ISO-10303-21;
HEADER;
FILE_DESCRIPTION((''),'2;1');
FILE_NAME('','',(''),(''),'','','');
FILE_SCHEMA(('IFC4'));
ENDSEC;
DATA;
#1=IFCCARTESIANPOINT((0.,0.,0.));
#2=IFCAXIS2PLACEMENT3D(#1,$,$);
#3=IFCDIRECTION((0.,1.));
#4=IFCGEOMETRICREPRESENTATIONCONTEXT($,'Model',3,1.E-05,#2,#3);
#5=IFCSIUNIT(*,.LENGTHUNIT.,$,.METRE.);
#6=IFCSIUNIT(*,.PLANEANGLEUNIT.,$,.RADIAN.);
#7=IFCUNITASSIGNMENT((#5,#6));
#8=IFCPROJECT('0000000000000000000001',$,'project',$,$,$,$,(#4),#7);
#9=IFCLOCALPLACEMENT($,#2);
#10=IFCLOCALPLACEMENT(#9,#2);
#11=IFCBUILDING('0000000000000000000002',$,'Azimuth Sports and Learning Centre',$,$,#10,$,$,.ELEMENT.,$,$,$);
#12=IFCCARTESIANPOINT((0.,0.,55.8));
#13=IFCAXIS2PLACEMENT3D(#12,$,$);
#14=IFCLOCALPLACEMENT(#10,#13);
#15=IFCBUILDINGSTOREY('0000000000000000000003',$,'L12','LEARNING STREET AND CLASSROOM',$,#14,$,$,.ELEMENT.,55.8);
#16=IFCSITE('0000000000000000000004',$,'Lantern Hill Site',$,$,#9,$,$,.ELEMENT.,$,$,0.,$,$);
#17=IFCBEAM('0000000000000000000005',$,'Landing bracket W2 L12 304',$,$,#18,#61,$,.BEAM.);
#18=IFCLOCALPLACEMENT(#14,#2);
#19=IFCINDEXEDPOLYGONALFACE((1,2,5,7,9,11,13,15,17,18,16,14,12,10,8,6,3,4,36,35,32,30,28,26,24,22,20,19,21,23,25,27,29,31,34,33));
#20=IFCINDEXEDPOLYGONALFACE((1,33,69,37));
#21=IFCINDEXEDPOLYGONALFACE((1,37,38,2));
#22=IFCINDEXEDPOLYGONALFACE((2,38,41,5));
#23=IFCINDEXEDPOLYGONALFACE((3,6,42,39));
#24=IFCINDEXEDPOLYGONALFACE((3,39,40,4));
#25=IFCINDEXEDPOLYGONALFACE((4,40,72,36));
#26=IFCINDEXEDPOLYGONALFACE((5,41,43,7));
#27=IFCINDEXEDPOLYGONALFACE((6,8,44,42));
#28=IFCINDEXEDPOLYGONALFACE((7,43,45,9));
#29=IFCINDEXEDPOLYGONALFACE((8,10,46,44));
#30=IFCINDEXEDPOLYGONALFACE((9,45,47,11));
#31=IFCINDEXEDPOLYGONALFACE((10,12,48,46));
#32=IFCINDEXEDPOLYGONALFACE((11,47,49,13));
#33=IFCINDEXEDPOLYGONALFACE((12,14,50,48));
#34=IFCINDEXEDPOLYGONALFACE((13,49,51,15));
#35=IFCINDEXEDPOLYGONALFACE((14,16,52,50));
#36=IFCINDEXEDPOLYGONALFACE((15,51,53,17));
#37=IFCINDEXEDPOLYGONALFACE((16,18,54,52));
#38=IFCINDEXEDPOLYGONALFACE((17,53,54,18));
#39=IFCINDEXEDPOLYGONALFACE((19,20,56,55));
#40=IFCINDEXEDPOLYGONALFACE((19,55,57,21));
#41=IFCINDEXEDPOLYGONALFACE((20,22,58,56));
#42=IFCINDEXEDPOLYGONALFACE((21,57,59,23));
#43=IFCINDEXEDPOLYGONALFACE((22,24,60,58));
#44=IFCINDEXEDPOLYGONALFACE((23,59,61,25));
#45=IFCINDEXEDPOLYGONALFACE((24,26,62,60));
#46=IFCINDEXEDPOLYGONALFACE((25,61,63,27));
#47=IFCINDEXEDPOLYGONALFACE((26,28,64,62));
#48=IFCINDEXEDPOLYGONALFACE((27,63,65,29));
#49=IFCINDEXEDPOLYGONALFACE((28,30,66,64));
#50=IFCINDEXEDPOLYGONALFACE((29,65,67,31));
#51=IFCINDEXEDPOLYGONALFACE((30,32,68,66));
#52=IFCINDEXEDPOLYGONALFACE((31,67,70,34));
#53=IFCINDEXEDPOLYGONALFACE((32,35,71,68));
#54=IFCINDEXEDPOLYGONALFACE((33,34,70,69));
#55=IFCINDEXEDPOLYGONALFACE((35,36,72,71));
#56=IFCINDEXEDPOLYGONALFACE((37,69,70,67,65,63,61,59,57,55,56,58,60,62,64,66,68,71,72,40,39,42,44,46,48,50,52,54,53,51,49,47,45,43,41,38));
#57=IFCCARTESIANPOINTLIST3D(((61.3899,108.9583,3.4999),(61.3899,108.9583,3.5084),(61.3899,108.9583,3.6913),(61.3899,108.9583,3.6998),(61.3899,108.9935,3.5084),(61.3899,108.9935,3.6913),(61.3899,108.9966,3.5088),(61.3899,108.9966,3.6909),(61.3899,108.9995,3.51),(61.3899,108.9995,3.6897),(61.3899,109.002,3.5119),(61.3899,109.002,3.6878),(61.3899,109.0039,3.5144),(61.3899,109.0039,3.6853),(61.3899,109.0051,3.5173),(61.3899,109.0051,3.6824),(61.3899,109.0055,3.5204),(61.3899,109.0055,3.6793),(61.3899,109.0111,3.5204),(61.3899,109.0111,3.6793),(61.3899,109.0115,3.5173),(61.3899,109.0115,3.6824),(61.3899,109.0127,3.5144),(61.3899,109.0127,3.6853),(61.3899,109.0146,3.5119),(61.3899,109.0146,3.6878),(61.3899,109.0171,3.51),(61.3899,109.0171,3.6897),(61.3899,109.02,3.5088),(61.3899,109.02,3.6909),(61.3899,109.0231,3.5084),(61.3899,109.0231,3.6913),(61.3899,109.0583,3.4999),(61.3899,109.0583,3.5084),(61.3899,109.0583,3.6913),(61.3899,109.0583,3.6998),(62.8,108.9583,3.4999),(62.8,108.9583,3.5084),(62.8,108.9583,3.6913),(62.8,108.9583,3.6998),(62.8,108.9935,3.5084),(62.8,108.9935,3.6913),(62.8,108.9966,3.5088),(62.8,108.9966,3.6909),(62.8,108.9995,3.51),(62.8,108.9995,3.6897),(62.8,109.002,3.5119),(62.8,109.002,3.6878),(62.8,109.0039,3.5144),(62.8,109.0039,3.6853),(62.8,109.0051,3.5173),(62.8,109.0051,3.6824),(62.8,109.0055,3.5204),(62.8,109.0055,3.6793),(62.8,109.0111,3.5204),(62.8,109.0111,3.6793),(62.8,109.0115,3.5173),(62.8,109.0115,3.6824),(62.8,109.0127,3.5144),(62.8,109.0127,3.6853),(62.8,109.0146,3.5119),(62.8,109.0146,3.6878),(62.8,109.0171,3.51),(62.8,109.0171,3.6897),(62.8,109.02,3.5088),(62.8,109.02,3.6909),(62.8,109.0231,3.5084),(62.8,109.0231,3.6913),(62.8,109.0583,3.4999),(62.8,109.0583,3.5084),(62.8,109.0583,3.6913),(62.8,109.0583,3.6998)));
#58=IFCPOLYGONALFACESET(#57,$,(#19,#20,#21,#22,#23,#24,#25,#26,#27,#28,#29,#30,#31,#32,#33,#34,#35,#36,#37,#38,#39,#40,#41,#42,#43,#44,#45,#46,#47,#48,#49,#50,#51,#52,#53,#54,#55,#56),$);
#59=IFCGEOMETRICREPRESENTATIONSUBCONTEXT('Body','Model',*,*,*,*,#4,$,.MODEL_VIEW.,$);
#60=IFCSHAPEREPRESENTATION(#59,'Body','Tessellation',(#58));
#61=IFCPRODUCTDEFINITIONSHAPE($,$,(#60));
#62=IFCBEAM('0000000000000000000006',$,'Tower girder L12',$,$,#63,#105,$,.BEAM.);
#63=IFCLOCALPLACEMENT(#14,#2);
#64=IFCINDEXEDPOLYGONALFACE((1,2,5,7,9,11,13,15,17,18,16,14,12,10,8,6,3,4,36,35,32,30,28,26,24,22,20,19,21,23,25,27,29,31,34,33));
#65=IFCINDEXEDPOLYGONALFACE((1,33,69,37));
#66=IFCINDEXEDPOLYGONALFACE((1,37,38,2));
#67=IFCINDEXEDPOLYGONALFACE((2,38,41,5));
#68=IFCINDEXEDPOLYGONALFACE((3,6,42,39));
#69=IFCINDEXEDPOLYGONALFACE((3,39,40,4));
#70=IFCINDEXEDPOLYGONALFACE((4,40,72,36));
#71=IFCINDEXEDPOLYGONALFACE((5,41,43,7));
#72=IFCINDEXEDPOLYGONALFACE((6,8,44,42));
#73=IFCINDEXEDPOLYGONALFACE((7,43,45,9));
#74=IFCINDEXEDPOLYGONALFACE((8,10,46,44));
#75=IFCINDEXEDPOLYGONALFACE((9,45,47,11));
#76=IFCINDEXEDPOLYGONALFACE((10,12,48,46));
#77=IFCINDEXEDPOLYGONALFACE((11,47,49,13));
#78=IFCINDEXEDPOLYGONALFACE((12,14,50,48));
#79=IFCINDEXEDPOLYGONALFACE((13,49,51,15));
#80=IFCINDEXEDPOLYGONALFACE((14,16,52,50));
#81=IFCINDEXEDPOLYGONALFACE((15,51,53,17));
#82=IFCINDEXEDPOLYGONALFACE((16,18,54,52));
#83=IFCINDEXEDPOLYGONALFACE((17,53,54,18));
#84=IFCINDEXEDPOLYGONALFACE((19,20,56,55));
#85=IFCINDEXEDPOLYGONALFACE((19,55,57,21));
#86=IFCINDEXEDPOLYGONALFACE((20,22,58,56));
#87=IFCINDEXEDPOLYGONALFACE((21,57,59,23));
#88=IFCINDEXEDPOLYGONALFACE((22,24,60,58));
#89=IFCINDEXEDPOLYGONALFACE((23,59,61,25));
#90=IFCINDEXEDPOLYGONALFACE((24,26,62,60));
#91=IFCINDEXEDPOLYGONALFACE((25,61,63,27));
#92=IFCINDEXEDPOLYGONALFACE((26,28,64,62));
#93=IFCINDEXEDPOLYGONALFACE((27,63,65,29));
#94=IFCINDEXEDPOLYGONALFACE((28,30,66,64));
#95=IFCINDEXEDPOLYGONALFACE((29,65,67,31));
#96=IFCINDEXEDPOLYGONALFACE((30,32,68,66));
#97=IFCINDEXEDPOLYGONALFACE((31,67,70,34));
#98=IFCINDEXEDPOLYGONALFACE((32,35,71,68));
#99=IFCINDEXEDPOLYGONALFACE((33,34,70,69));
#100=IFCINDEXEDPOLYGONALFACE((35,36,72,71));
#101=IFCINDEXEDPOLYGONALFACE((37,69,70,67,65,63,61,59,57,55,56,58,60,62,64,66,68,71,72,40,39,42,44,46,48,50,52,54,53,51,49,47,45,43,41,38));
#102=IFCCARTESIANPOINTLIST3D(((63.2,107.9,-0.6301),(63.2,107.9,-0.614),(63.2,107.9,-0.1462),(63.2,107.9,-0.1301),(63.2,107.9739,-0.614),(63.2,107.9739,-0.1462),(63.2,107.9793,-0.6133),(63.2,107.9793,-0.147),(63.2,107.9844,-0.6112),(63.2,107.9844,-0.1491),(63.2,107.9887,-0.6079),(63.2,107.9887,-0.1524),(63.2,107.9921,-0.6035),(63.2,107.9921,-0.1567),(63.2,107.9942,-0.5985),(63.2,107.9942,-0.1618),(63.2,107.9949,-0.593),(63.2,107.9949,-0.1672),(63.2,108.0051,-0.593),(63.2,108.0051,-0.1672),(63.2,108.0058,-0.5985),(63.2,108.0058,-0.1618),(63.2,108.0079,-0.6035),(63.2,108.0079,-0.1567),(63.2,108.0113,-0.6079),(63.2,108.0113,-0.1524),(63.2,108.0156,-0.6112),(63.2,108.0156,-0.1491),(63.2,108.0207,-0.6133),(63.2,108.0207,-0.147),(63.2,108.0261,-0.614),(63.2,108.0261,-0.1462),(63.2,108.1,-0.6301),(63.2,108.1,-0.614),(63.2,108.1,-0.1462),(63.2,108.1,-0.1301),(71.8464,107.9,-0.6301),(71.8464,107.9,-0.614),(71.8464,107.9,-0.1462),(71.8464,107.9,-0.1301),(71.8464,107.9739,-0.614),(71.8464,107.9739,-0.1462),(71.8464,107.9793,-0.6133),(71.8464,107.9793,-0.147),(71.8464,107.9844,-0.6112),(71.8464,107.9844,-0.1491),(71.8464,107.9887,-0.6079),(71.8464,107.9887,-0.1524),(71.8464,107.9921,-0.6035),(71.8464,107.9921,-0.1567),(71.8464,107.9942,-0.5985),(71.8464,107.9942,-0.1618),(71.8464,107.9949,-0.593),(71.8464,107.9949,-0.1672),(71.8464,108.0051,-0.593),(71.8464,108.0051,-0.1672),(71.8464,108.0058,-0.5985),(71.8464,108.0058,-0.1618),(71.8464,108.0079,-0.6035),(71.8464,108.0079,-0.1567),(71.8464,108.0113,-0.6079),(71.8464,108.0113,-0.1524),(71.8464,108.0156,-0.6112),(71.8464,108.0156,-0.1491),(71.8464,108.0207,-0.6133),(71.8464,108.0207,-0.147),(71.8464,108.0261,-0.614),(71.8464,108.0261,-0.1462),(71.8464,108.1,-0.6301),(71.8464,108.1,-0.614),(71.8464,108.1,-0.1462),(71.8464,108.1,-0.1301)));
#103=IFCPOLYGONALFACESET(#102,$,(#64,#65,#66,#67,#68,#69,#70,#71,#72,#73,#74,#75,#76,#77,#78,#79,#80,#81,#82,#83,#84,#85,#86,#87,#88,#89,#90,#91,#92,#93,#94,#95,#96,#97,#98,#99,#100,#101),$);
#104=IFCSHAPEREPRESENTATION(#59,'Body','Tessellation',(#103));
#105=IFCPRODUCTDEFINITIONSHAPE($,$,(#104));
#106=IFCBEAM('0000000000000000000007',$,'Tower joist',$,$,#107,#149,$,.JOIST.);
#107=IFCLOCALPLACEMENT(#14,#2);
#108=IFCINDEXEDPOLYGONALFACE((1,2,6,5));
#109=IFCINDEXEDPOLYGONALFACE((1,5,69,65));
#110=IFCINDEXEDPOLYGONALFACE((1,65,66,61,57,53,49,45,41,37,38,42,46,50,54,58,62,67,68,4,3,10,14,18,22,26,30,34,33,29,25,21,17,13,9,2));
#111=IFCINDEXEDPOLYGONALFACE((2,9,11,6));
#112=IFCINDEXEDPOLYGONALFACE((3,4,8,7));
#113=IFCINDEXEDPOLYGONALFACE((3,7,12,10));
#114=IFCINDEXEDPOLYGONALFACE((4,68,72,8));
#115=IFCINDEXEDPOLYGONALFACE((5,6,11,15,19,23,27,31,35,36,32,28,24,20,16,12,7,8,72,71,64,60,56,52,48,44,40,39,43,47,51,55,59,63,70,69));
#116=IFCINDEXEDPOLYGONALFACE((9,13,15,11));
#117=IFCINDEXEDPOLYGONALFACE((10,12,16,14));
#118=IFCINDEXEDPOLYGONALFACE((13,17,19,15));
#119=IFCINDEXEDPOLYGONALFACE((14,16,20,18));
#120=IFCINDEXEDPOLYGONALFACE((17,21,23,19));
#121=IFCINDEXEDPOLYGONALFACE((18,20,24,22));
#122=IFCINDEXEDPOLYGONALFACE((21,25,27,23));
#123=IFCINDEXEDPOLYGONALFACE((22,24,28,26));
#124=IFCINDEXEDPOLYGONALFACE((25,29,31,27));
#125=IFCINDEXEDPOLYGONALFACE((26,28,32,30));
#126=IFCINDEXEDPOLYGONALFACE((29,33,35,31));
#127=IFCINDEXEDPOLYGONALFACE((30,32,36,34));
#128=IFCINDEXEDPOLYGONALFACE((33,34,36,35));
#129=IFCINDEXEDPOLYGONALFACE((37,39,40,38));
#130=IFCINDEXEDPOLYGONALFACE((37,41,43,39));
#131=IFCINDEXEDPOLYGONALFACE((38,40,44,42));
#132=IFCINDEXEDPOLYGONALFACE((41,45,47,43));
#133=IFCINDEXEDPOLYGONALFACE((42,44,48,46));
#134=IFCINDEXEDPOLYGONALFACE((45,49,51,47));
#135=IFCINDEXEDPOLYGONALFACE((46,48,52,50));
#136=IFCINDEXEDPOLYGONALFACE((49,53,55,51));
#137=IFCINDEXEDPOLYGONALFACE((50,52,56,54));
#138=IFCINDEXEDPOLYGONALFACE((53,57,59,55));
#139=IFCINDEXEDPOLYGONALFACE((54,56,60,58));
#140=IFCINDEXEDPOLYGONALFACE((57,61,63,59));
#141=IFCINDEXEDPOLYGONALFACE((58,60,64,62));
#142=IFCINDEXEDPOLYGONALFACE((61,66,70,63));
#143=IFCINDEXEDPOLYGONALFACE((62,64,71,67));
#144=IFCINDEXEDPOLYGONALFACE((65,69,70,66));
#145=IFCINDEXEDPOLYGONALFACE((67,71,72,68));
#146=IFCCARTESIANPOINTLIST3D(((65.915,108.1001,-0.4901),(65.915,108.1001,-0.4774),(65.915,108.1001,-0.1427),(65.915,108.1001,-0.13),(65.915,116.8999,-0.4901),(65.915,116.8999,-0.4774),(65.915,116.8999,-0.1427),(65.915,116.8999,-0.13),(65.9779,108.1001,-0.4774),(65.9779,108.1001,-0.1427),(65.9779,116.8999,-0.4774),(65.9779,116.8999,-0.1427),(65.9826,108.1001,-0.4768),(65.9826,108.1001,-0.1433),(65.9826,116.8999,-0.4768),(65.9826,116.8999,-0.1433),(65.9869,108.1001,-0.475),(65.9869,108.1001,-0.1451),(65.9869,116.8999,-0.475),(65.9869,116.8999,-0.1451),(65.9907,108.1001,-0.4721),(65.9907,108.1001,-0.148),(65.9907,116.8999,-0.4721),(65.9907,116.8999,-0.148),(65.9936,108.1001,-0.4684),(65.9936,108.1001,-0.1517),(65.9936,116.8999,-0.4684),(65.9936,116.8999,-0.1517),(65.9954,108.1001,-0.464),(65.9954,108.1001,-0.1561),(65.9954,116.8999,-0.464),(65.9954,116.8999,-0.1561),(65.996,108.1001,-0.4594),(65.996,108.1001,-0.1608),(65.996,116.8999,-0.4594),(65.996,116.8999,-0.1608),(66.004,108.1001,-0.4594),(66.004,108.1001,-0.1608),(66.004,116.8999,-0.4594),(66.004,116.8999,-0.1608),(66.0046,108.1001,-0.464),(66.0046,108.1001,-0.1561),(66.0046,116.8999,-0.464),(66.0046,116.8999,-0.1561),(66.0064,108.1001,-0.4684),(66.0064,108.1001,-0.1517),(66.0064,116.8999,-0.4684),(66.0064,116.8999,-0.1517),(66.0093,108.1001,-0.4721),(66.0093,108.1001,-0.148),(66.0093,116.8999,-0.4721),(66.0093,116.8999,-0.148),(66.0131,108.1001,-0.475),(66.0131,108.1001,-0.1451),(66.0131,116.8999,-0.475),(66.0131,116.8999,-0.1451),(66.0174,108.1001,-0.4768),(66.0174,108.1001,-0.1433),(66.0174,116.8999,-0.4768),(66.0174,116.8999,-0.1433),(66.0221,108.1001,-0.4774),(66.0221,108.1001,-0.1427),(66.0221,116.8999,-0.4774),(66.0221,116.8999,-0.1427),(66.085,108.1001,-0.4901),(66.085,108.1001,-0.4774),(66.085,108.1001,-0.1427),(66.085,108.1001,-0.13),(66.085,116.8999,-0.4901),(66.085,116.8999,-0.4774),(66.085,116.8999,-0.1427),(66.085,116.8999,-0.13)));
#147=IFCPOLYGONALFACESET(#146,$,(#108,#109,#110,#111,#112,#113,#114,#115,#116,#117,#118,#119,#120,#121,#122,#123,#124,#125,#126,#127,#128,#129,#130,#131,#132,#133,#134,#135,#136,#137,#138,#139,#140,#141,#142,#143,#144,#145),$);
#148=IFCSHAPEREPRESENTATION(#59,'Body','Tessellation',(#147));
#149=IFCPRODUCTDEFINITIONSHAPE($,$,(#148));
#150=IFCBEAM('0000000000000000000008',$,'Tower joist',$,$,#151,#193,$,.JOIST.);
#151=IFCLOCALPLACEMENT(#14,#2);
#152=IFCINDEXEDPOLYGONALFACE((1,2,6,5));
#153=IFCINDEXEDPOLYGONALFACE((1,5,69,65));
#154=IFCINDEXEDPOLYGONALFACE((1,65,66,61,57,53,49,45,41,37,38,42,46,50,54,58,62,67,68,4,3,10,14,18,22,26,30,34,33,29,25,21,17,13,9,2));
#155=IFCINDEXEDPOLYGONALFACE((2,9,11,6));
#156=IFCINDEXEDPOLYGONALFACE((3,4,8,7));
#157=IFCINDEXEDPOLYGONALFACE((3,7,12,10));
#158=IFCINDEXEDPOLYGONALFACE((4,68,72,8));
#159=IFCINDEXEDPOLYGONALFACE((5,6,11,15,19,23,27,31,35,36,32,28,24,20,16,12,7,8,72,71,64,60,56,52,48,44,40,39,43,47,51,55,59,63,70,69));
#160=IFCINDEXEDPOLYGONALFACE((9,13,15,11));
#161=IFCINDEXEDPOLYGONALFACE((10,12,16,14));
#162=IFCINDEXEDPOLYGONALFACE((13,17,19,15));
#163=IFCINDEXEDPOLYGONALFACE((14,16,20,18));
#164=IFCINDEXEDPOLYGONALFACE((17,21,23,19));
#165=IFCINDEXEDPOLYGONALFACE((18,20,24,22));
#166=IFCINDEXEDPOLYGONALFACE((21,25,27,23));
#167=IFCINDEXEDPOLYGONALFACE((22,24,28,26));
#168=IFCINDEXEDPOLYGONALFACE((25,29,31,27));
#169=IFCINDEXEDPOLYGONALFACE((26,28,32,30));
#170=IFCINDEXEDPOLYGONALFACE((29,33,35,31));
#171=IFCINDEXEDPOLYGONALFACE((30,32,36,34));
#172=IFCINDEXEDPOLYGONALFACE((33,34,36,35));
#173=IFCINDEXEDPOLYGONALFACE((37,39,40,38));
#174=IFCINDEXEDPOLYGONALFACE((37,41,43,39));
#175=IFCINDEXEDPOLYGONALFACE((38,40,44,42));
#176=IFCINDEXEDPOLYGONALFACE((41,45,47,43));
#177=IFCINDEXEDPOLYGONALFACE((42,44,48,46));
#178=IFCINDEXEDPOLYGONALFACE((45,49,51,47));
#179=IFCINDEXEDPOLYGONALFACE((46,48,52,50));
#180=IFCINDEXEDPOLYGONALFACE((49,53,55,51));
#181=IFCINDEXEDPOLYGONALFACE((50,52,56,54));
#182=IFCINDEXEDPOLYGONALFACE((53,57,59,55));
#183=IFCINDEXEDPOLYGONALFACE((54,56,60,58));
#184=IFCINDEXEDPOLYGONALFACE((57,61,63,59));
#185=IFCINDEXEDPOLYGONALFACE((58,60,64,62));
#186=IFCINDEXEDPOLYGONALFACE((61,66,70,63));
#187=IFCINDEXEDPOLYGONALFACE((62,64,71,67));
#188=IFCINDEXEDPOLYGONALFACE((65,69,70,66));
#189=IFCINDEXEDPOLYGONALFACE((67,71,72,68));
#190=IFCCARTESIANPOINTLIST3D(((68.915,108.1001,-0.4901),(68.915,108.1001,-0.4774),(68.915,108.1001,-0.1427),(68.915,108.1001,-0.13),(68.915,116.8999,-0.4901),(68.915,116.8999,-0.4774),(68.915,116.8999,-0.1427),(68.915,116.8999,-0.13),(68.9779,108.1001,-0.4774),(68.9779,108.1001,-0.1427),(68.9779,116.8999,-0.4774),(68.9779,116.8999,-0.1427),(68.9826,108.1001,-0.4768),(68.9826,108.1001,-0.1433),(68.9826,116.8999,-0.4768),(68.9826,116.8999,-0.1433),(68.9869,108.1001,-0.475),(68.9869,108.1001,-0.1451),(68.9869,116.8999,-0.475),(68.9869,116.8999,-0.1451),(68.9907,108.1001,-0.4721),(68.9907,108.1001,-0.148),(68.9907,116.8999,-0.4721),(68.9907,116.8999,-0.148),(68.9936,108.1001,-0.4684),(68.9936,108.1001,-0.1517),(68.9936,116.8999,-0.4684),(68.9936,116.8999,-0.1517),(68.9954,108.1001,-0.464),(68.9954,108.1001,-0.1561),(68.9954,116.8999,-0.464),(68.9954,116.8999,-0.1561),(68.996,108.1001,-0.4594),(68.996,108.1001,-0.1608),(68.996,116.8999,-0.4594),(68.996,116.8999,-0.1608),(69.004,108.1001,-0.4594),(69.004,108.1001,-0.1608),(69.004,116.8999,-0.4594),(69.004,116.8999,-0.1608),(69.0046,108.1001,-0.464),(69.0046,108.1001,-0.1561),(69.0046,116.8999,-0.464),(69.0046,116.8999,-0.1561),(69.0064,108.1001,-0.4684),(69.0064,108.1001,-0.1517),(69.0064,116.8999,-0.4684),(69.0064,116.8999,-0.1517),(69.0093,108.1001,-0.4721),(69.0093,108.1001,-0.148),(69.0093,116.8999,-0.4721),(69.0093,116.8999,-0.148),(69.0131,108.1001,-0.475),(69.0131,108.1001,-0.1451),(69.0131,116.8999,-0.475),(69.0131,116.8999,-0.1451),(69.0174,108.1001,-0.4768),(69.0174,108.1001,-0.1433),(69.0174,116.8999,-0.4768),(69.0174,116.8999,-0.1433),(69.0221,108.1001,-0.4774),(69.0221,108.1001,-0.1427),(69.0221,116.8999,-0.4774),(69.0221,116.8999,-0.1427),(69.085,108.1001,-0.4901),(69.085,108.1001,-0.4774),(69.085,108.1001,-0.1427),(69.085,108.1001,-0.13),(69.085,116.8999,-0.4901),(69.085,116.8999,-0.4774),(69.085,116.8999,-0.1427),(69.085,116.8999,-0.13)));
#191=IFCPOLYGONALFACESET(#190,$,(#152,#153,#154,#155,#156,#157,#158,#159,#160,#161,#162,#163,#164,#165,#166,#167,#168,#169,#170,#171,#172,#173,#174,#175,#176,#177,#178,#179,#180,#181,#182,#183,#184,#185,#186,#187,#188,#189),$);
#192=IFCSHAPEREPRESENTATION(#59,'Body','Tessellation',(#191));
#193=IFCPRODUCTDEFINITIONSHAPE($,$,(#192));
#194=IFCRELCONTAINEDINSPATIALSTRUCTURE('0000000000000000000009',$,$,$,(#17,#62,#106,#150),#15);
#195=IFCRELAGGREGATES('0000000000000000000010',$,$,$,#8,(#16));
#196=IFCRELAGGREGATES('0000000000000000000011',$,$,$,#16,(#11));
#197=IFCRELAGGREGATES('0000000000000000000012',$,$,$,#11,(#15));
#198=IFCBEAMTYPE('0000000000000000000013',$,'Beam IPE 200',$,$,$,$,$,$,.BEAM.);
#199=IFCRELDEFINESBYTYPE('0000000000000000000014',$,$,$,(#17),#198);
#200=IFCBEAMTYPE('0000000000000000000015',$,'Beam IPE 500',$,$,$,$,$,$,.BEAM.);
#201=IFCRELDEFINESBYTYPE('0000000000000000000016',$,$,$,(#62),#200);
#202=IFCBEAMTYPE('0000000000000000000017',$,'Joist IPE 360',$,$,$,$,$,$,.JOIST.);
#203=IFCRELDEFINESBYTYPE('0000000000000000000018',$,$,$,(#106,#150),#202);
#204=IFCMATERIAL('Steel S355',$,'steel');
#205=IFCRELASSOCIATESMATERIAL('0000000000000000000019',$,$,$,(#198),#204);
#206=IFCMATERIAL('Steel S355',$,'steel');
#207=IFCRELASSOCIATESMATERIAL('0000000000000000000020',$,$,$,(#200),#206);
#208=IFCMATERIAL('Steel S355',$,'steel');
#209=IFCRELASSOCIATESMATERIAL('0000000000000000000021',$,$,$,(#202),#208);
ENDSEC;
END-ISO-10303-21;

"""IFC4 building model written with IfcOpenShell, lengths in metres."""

from ifc_helpers import new_model, si_unit, direction, frame, origin, origin_2d, place, context, subcontext, project, spatial, i_section, extrude, material, material_profile, profile_set, type_object, element, save


model = new_model("IFC4")

# Units and contexts
model_context = context("Model", 3, precision=1e-05, world=origin(), true_north=direction((0.0, 1.0)))
body_context = subcontext(model_context, "Body", "Model", "MODEL_VIEW")
ifc_project = project(units=[si_unit("LENGTHUNIT", "METRE"), si_unit("PLANEANGLEUNIT", "RADIAN")], contexts=[model_context])

# Site, building, storey
site_placement = place(None, origin())
site = spatial("IfcSite", under=ifc_project, at=site_placement, Name="Lantern Hill Site", CompositionType="ELEMENT", RefElevation=0.0)
building_placement = place(site_placement, origin())
building = spatial("IfcBuilding", under=site, at=building_placement, Name="Azimuth Sports and Learning Centre", CompositionType="ELEMENT")
storey_placement = place(building_placement, frame((0.0, 0.0, 55.8)))
storey = spatial("IfcBuildingStorey", under=building, at=storey_placement, Name="L12", Description="LEARNING STREET AND CLASSROOM", CompositionType="ELEMENT", Elevation=55.8)

# Beams
ifc_material_1 = material(Name="Steel S355", Category="steel")
ifc_material_profile_1 = material_profile(ifc_material_1, i_section(OverallWidth=0.1001, OverallDepth=0.2, WebThickness=0.0056, FlangeThickness=0.0085, FilletRadius=0.012, at=origin_2d()), Name="IPE 200")
ifc_profile_set_1 = profile_set([ifc_material_profile_1], Name="Steel S355")
beam_type_1 = type_object("IfcBeamType", Name="Beam IPE 200", PredefinedType="BEAM", material=ifc_profile_set_1)
beam_1_placement = place(storey_placement, frame((62.8, 109.0083, 3.5999), z_axis=(-1.0, 0.0, 0.0), x_axis=(0.0, -1.0, 0.0)))
element("IfcBeam", 1, at=beam_1_placement, inside=storey, type_object=beam_type_1, Name="Landing bracket W2 L12 304", PredefinedType="BEAM", context=body_context, shape_type="SweptSolid", body=[
    extrude(i_section(OverallWidth=0.1001, OverallDepth=0.2, WebThickness=0.0056, FlangeThickness=0.0085, FilletRadius=0.012, at=origin_2d()), origin(), (0.0, 0.0, 1.0), 1.4102),
])
ifc_material_2 = material(Name="Steel S355", Category="steel")
ifc_material_profile_2 = material_profile(ifc_material_2, i_section(OverallWidth=0.2, OverallDepth=0.5, WebThickness=0.0103, FlangeThickness=0.0161, FilletRadius=0.021, at=origin_2d()), Name="IPE 500")
ifc_profile_set_2 = profile_set([ifc_material_profile_2], Name="Steel S355")
beam_type_2 = type_object("IfcBeamType", Name="Beam IPE 500", PredefinedType="BEAM", material=ifc_profile_set_2)
beam_2_placement = place(storey_placement, frame((63.2, 108.0, -0.3801), z_axis=(1.0, 0.0, 0.0), x_axis=(0.0, 1.0, 0.0)))
element("IfcBeam", 2, at=beam_2_placement, inside=storey, type_object=beam_type_2, Name="Tower girder L12", PredefinedType="BEAM", context=body_context, shape_type="SweptSolid", body=[
    extrude(i_section(OverallWidth=0.2, OverallDepth=0.5, WebThickness=0.0103, FlangeThickness=0.0161, FilletRadius=0.021, at=origin_2d()), origin(), (0.0, 0.0, 1.0), 8.6465),
])
ifc_material_3 = material(Name="Steel S355", Category="steel")
ifc_material_profile_3 = material_profile(ifc_material_3, i_section(OverallWidth=0.1699, OverallDepth=0.3601, WebThickness=0.0081, FlangeThickness=0.0127, FilletRadius=0.0181, at=origin_2d()), Name="IPE 360")
ifc_profile_set_3 = profile_set([ifc_material_profile_3], Name="Steel S355")
beam_type_3 = type_object("IfcBeamType", Name="Joist IPE 360", PredefinedType="JOIST", material=ifc_profile_set_3)
for number, where, z_axis, x_axis, name in (
    (3, (66.0, 108.1001, -0.3101), (0.0, 1.0, 0.0), (-1.0, 0.0, 0.0), "Tower joist"),
    (4, (69.0, 108.1001, -0.3101), (0.0, 1.0, 0.0), (-1.0, 0.0, 0.0), "Tower joist"),
):
    element("IfcBeam", number, at=place(storey_placement, frame(where, z_axis=z_axis, x_axis=x_axis)), inside=storey, type_object=beam_type_3, Name=name, PredefinedType="JOIST", context=body_context, shape_type="SweptSolid", body=[
        extrude(i_section(OverallWidth=0.1699, OverallDepth=0.3601, WebThickness=0.0081, FlangeThickness=0.0127, FilletRadius=0.0181, at=origin_2d()), origin(), (0.0, 0.0, 1.0), 8.7998),
    ])

save(model, "model.ifc")
